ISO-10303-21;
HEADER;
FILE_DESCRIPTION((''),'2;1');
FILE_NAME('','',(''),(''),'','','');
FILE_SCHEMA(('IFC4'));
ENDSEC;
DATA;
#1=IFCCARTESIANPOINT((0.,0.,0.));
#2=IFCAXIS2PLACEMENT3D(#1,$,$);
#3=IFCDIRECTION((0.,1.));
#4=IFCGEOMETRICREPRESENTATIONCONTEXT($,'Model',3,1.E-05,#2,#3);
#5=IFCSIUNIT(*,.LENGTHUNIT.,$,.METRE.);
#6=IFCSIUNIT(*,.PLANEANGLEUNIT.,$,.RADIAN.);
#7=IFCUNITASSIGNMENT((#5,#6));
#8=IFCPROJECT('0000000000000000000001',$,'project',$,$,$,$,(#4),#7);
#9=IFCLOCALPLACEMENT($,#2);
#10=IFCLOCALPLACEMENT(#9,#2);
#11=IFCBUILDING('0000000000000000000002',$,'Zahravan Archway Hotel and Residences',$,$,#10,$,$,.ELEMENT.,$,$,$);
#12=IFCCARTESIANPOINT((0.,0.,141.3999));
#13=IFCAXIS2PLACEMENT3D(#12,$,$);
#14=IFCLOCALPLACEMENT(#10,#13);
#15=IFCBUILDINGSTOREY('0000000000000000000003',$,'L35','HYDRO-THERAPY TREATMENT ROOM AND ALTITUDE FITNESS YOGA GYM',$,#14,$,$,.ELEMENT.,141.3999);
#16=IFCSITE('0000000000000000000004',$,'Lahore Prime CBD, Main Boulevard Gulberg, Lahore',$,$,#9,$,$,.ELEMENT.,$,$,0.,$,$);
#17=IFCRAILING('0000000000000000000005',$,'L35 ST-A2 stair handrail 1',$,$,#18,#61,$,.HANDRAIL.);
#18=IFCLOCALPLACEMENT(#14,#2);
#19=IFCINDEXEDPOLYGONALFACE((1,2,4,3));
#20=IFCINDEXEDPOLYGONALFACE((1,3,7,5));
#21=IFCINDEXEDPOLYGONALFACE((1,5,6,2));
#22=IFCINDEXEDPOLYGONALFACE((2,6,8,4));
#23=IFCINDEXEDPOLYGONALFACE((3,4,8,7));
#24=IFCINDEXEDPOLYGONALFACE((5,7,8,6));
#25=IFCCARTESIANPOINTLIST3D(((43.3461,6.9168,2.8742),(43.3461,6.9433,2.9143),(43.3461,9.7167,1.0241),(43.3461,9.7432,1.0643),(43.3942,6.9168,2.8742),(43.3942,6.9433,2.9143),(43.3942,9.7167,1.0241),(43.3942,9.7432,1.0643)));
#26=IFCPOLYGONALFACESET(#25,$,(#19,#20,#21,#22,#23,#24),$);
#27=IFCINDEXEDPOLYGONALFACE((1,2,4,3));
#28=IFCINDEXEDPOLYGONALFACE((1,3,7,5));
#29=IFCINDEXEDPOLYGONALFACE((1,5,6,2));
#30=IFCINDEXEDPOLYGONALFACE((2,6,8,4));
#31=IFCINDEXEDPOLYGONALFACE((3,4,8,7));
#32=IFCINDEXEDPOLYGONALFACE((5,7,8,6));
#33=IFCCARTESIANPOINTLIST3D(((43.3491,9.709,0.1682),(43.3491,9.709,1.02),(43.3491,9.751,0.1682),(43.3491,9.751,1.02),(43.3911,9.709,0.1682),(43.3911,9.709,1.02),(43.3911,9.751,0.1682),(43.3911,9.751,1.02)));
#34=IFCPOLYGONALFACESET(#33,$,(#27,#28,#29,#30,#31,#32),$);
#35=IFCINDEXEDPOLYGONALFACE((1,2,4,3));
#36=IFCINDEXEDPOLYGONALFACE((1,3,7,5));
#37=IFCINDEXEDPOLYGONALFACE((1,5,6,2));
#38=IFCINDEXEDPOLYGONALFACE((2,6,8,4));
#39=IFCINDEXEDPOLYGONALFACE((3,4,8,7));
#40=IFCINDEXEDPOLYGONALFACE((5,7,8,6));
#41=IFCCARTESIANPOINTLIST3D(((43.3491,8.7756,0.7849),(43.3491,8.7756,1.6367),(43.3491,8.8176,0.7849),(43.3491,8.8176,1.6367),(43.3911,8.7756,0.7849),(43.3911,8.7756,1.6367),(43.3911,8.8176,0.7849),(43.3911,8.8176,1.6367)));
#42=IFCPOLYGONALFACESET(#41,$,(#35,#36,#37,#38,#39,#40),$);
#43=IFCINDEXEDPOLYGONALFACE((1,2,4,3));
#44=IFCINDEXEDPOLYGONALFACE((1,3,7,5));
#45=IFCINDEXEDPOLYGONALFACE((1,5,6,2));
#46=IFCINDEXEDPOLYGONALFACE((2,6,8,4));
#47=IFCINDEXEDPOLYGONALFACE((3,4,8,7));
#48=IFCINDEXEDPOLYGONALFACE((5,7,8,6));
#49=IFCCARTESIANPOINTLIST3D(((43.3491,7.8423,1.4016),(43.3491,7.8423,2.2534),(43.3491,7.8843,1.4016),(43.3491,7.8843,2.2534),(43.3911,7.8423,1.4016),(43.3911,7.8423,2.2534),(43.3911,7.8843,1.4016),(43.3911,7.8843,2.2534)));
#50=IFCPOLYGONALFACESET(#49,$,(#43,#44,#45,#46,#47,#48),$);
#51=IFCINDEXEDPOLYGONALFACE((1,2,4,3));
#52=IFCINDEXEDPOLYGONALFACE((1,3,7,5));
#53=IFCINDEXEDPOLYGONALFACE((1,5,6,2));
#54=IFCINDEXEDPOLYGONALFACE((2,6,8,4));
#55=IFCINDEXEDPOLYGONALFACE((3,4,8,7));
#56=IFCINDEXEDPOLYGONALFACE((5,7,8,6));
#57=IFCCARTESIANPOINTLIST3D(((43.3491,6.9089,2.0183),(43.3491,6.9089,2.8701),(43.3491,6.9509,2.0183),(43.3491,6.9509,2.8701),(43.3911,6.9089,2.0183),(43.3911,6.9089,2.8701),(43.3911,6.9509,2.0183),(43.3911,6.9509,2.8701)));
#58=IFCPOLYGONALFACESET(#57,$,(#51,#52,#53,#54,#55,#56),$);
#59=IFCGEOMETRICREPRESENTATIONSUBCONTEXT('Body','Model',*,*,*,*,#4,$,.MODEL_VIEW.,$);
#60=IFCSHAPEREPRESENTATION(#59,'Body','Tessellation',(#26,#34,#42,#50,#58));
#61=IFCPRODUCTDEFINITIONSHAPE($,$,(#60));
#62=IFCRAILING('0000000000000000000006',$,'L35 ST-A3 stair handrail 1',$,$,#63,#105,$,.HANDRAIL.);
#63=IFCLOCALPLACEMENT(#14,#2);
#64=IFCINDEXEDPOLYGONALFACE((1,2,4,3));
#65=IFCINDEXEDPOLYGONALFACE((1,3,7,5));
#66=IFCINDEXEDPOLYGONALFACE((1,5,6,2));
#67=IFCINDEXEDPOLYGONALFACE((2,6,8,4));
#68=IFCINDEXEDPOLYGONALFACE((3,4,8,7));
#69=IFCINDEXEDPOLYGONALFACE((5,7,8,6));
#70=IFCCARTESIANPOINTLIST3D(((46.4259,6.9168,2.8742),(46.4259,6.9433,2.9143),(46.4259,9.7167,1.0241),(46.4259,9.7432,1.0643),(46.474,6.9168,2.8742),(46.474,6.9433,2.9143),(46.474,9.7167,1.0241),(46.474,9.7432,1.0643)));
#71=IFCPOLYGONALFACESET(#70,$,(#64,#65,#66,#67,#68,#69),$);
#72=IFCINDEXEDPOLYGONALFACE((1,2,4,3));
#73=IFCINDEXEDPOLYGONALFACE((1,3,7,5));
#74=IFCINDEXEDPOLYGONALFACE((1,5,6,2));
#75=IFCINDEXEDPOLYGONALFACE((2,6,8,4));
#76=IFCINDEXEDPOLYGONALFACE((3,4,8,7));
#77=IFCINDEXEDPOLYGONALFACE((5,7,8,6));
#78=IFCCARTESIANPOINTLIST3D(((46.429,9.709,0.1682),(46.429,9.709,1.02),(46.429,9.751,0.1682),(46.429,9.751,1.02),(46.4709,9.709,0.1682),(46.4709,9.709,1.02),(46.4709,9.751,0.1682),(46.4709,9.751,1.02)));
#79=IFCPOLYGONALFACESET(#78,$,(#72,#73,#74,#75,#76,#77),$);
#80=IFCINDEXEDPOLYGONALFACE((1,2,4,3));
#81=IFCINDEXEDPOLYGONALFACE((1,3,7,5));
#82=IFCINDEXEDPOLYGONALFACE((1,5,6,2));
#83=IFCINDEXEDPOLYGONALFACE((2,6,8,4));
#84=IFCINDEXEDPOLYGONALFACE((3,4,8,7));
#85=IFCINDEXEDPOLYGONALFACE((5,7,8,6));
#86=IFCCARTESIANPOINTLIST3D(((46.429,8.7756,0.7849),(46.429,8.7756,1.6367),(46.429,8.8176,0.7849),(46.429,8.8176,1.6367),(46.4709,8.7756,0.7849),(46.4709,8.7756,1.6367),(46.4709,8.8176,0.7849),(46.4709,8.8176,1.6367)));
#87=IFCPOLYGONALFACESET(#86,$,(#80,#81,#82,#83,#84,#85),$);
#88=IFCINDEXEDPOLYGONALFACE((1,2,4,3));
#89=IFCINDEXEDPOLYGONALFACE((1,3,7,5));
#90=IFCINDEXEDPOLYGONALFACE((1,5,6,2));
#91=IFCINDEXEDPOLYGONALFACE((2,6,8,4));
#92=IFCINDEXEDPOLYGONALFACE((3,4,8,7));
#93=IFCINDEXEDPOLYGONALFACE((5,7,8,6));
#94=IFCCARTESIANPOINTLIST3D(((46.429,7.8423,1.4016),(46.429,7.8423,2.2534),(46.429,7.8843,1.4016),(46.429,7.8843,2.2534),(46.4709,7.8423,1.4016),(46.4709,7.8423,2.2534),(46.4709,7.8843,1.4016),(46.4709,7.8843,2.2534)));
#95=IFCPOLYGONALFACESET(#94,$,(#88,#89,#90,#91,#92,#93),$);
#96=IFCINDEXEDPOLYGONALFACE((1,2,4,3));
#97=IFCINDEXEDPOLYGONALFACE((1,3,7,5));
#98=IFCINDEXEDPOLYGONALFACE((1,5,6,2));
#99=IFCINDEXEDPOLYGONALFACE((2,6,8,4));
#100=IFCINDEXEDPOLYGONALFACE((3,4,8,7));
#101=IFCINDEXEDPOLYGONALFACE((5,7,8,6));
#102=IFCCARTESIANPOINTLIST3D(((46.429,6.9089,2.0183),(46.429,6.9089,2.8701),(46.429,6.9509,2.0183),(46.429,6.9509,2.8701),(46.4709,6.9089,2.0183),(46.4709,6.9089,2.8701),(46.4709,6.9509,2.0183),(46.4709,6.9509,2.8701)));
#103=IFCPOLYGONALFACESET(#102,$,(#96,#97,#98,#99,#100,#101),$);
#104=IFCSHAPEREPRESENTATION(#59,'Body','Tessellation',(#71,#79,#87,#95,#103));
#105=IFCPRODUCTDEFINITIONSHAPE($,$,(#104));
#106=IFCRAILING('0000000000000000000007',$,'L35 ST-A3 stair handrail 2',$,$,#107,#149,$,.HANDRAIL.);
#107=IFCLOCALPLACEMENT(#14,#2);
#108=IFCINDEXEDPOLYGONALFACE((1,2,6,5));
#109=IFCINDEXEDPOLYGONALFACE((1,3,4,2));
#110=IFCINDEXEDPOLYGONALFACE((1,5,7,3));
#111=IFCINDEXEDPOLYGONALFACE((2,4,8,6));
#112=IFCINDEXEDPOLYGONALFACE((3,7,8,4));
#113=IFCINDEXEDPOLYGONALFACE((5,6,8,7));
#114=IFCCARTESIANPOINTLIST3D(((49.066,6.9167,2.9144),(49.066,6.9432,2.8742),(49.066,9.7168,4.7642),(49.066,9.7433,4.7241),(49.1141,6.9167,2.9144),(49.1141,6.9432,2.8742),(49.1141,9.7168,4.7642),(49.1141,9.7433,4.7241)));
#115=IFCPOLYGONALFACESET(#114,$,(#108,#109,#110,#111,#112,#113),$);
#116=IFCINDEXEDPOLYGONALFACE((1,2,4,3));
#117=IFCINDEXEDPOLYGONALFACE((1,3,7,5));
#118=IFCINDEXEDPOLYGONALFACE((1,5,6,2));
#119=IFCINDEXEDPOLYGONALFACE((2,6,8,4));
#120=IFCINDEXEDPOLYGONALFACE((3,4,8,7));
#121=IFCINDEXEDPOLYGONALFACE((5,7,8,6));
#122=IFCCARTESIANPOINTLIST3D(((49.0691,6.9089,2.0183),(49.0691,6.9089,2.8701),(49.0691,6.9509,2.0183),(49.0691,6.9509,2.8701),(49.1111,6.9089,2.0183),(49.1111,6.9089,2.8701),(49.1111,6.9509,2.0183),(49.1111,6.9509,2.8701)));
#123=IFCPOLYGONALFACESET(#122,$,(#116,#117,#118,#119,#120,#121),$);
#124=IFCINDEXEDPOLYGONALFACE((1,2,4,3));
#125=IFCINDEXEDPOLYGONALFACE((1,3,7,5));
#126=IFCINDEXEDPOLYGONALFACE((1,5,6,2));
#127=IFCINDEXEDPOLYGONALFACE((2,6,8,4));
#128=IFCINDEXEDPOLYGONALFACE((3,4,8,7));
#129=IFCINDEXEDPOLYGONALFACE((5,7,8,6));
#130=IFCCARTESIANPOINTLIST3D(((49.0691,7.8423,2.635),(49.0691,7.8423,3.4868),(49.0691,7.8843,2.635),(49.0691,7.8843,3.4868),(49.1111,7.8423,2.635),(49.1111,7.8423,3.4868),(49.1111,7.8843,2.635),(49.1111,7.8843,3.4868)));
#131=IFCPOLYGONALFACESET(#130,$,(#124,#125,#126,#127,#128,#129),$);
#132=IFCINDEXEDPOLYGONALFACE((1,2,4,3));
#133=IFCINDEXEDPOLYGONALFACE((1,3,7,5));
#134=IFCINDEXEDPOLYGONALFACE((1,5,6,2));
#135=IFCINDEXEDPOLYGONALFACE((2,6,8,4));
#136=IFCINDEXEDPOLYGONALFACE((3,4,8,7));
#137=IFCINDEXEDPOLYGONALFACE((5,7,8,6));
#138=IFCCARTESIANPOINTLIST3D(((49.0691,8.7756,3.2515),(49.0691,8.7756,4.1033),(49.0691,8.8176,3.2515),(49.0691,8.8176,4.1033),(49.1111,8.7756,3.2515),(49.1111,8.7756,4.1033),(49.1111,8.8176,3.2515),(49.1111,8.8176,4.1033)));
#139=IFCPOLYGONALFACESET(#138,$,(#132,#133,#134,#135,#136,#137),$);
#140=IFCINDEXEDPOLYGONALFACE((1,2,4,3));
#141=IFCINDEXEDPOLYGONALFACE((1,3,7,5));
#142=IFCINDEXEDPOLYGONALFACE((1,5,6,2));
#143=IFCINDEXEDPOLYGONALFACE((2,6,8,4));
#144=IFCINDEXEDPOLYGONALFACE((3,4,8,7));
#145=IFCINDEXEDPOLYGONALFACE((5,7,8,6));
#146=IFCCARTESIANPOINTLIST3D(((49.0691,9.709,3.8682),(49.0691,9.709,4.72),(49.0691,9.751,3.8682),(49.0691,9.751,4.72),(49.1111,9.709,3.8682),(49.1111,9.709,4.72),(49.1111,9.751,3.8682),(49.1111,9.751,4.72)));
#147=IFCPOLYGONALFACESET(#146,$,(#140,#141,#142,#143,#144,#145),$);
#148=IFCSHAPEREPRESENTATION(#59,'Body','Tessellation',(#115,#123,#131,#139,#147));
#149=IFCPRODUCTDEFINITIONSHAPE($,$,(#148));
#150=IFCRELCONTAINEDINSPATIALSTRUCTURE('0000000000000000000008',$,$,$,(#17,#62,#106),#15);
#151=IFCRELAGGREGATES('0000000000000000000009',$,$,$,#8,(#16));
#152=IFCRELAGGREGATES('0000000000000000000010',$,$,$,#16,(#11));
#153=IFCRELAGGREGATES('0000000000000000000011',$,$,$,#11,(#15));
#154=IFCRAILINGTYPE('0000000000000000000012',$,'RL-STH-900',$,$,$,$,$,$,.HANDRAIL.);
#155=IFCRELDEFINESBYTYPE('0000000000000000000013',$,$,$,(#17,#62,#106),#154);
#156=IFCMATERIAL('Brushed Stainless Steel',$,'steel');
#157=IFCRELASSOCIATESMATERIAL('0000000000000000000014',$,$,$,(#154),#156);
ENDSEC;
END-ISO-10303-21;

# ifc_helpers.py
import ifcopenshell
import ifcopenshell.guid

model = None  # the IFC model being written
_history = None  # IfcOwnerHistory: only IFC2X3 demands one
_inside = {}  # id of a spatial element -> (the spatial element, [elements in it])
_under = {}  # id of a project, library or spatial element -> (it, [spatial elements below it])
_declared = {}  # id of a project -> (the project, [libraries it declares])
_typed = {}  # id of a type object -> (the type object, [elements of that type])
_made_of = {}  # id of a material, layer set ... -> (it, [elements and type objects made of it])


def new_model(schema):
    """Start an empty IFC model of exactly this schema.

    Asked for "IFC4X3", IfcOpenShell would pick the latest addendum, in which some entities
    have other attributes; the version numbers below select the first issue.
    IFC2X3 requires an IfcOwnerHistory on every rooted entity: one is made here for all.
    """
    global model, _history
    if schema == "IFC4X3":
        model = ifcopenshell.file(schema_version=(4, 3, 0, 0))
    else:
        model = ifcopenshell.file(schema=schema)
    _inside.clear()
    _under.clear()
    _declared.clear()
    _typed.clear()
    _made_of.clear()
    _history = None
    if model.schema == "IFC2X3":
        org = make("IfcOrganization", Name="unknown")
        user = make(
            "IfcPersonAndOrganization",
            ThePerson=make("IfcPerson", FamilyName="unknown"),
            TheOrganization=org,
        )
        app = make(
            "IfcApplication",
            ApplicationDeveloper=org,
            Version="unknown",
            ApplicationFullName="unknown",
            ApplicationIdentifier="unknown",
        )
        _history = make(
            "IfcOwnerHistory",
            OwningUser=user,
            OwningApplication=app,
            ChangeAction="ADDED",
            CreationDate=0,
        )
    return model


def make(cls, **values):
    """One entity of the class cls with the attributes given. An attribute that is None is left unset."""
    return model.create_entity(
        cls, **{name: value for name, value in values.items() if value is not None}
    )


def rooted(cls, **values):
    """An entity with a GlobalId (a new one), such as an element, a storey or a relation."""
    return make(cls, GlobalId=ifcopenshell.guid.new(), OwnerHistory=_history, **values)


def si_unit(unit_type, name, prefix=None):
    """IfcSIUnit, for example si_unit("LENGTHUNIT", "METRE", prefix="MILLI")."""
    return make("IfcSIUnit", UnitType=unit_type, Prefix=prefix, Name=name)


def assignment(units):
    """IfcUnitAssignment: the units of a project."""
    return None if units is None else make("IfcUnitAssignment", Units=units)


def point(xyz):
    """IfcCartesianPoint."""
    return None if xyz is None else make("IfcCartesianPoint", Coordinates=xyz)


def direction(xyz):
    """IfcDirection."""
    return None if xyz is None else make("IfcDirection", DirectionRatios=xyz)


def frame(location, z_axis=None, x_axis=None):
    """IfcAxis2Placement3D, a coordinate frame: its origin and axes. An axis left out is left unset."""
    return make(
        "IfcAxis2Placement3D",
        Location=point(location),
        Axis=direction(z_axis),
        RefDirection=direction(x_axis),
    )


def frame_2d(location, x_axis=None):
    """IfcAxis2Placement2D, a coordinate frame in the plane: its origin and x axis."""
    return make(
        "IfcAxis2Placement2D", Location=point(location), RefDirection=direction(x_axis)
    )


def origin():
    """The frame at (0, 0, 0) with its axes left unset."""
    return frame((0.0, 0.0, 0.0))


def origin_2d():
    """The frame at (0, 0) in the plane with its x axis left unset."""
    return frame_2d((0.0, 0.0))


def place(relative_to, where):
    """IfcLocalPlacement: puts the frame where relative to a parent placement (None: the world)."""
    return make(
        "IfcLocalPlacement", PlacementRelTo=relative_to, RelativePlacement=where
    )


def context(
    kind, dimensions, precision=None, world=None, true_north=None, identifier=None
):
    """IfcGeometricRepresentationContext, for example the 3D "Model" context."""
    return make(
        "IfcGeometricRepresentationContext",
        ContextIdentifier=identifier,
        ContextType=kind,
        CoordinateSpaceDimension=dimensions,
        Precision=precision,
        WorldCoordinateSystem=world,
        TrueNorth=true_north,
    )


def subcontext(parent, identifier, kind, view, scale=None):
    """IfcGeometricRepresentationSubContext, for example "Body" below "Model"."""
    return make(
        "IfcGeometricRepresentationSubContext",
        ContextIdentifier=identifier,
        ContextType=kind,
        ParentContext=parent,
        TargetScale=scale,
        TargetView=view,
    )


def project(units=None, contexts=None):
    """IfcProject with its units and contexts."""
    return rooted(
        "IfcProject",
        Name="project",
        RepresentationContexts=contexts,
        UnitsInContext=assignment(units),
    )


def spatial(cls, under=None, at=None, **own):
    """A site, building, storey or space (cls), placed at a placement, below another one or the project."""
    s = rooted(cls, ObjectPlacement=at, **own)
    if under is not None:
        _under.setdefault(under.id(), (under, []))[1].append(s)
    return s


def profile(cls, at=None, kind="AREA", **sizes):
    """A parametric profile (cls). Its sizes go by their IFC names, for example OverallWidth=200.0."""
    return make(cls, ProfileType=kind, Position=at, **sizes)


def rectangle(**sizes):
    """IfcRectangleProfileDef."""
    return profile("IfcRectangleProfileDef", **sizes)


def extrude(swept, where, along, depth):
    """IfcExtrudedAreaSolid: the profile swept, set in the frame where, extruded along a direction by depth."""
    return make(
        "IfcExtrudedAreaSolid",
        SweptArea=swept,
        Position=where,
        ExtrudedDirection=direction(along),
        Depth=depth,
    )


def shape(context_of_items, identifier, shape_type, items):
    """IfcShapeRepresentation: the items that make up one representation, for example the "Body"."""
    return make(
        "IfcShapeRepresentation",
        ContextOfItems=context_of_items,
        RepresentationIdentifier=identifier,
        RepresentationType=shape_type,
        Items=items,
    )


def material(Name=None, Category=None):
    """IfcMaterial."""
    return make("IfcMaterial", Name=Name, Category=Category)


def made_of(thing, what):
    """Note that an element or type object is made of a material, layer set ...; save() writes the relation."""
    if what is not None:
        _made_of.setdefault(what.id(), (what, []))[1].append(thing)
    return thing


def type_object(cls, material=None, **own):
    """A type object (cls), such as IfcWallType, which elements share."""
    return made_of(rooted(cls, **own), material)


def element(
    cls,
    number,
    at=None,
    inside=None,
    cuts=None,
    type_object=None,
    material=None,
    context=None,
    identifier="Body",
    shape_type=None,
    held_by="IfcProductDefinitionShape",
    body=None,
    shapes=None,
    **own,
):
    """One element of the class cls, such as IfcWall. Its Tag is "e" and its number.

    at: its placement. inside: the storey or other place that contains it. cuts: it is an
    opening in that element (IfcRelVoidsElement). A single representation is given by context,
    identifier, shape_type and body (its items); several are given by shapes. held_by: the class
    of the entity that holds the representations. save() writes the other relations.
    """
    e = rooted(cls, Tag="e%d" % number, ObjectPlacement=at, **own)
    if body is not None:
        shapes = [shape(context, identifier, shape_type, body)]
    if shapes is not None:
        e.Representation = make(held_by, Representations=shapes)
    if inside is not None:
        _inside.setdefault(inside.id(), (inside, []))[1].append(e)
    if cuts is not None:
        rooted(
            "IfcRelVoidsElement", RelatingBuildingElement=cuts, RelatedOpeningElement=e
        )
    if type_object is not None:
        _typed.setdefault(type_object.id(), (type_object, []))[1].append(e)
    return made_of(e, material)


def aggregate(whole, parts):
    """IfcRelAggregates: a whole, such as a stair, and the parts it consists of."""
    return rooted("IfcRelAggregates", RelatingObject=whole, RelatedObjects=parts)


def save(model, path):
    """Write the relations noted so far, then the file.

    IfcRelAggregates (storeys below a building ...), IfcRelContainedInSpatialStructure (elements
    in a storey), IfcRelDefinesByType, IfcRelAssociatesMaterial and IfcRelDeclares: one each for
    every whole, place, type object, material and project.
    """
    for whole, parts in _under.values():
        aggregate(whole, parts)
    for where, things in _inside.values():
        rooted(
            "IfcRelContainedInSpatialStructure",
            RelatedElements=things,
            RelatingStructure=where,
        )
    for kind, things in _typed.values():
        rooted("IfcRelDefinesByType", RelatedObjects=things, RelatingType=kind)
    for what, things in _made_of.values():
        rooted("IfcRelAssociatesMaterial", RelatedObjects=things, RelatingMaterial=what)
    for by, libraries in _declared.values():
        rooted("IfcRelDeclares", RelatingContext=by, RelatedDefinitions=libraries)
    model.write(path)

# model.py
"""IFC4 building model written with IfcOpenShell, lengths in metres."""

from ifc_helpers import new_model, si_unit, direction, frame, origin, origin_2d, place, context, subcontext, project, spatial, rectangle, extrude, material, type_object, element, save


model = new_model("IFC4")

# Units and contexts
model_context = context("Model", 3, precision=1e-05, world=origin(), true_north=direction((0.0, 1.0)))
body_context = subcontext(model_context, "Body", "Model", "MODEL_VIEW")
ifc_project = project(units=[si_unit("LENGTHUNIT", "METRE"), si_unit("PLANEANGLEUNIT", "RADIAN")], contexts=[model_context])

# Site, building, storey
site_placement = place(None, origin())
site = spatial("IfcSite", under=ifc_project, at=site_placement, Name="Lahore Prime CBD, Main Boulevard Gulberg, Lahore", CompositionType="ELEMENT", RefElevation=0.0)
building_placement = place(site_placement, origin())
building = spatial("IfcBuilding", under=site, at=building_placement, Name="Zahravan Archway Hotel and Residences", CompositionType="ELEMENT")
storey_placement = place(building_placement, frame((0.0, 0.0, 141.3999)))
storey = spatial("IfcBuildingStorey", under=building, at=storey_placement, Name="L35", Description="HYDRO-THERAPY TREATMENT ROOM AND ALTITUDE FITNESS YOGA GYM", CompositionType="ELEMENT", Elevation=141.3999)

# Railings
ifc_material_1 = material(Name="Brushed Stainless Steel", Category="steel")
railing_type_1 = type_object("IfcRailingType", Name="RL-STH-900", PredefinedType="HANDRAIL", material=ifc_material_1)
for number, where, name in (
    (1, (43.3701, 9.73, 0.1682), "L35 ST-A2 stair handrail 1"),
    (2, (46.45, 9.73, 0.1682), "L35 ST-A3 stair handrail 1"),
):
    element("IfcRailing", number, at=place(storey_placement, frame(where)), inside=storey, type_object=railing_type_1, Name=name, PredefinedType="HANDRAIL", context=body_context, shape_type="SweptSolid", body=[
        extrude(rectangle(XDim=0.0481, YDim=0.0481, at=origin_2d()), frame((0.0, 0.0, 0.876), z_axis=(0.0, -0.834326, 0.551271), x_axis=(1.0, 0.0, 0.0)), (0.0, 0.0, 1.0), 3.356),
        extrude(rectangle(XDim=0.042, YDim=0.042, at=origin_2d()), origin(), (0.0, 0.0, 1.0), 0.8518),
        extrude(rectangle(XDim=0.042, YDim=0.042, at=origin_2d()), frame((0.0, -0.9333, 0.6167)), (0.0, 0.0, 1.0), 0.8518),
        extrude(rectangle(XDim=0.042, YDim=0.042, at=origin_2d()), frame((0.0, -1.8667, 1.2334)), (0.0, 0.0, 1.0), 0.8518),
        extrude(rectangle(XDim=0.042, YDim=0.042, at=origin_2d()), frame((0.0, -2.8, 1.8501)), (0.0, 0.0, 1.0), 0.8518),
    ])
railing_1_placement = place(storey_placement, frame((49.0901, 6.9299, 2.0183)))
element("IfcRailing", 3, at=railing_1_placement, inside=storey, type_object=railing_type_1, Name="L35 ST-A3 stair handrail 2", PredefinedType="HANDRAIL", context=body_context, shape_type="SweptSolid", body=[
    extrude(rectangle(XDim=0.0481, YDim=0.0481, at=origin_2d()), frame((0.0, 0.0, 0.876), z_axis=(0.0, 0.83436, 0.55122), x_axis=(-1.0, 0.0, 0.0)), (0.0, 0.0, 1.0), 3.356),
    extrude(rectangle(XDim=0.042, YDim=0.042, at=origin_2d()), origin(), (0.0, 0.0, 1.0), 0.8518),
    extrude(rectangle(XDim=0.042, YDim=0.042, at=origin_2d()), frame((0.0, 0.9333, 0.6167)), (0.0, 0.0, 1.0), 0.8518),
    extrude(rectangle(XDim=0.042, YDim=0.042, at=origin_2d()), frame((0.0, 1.8667, 1.2332)), (0.0, 0.0, 1.0), 0.8518),
    extrude(rectangle(XDim=0.042, YDim=0.042, at=origin_2d()), frame((0.0, 2.8, 1.8499)), (0.0, 0.0, 1.0), 0.8518),
])

save(model, "model.ifc")
